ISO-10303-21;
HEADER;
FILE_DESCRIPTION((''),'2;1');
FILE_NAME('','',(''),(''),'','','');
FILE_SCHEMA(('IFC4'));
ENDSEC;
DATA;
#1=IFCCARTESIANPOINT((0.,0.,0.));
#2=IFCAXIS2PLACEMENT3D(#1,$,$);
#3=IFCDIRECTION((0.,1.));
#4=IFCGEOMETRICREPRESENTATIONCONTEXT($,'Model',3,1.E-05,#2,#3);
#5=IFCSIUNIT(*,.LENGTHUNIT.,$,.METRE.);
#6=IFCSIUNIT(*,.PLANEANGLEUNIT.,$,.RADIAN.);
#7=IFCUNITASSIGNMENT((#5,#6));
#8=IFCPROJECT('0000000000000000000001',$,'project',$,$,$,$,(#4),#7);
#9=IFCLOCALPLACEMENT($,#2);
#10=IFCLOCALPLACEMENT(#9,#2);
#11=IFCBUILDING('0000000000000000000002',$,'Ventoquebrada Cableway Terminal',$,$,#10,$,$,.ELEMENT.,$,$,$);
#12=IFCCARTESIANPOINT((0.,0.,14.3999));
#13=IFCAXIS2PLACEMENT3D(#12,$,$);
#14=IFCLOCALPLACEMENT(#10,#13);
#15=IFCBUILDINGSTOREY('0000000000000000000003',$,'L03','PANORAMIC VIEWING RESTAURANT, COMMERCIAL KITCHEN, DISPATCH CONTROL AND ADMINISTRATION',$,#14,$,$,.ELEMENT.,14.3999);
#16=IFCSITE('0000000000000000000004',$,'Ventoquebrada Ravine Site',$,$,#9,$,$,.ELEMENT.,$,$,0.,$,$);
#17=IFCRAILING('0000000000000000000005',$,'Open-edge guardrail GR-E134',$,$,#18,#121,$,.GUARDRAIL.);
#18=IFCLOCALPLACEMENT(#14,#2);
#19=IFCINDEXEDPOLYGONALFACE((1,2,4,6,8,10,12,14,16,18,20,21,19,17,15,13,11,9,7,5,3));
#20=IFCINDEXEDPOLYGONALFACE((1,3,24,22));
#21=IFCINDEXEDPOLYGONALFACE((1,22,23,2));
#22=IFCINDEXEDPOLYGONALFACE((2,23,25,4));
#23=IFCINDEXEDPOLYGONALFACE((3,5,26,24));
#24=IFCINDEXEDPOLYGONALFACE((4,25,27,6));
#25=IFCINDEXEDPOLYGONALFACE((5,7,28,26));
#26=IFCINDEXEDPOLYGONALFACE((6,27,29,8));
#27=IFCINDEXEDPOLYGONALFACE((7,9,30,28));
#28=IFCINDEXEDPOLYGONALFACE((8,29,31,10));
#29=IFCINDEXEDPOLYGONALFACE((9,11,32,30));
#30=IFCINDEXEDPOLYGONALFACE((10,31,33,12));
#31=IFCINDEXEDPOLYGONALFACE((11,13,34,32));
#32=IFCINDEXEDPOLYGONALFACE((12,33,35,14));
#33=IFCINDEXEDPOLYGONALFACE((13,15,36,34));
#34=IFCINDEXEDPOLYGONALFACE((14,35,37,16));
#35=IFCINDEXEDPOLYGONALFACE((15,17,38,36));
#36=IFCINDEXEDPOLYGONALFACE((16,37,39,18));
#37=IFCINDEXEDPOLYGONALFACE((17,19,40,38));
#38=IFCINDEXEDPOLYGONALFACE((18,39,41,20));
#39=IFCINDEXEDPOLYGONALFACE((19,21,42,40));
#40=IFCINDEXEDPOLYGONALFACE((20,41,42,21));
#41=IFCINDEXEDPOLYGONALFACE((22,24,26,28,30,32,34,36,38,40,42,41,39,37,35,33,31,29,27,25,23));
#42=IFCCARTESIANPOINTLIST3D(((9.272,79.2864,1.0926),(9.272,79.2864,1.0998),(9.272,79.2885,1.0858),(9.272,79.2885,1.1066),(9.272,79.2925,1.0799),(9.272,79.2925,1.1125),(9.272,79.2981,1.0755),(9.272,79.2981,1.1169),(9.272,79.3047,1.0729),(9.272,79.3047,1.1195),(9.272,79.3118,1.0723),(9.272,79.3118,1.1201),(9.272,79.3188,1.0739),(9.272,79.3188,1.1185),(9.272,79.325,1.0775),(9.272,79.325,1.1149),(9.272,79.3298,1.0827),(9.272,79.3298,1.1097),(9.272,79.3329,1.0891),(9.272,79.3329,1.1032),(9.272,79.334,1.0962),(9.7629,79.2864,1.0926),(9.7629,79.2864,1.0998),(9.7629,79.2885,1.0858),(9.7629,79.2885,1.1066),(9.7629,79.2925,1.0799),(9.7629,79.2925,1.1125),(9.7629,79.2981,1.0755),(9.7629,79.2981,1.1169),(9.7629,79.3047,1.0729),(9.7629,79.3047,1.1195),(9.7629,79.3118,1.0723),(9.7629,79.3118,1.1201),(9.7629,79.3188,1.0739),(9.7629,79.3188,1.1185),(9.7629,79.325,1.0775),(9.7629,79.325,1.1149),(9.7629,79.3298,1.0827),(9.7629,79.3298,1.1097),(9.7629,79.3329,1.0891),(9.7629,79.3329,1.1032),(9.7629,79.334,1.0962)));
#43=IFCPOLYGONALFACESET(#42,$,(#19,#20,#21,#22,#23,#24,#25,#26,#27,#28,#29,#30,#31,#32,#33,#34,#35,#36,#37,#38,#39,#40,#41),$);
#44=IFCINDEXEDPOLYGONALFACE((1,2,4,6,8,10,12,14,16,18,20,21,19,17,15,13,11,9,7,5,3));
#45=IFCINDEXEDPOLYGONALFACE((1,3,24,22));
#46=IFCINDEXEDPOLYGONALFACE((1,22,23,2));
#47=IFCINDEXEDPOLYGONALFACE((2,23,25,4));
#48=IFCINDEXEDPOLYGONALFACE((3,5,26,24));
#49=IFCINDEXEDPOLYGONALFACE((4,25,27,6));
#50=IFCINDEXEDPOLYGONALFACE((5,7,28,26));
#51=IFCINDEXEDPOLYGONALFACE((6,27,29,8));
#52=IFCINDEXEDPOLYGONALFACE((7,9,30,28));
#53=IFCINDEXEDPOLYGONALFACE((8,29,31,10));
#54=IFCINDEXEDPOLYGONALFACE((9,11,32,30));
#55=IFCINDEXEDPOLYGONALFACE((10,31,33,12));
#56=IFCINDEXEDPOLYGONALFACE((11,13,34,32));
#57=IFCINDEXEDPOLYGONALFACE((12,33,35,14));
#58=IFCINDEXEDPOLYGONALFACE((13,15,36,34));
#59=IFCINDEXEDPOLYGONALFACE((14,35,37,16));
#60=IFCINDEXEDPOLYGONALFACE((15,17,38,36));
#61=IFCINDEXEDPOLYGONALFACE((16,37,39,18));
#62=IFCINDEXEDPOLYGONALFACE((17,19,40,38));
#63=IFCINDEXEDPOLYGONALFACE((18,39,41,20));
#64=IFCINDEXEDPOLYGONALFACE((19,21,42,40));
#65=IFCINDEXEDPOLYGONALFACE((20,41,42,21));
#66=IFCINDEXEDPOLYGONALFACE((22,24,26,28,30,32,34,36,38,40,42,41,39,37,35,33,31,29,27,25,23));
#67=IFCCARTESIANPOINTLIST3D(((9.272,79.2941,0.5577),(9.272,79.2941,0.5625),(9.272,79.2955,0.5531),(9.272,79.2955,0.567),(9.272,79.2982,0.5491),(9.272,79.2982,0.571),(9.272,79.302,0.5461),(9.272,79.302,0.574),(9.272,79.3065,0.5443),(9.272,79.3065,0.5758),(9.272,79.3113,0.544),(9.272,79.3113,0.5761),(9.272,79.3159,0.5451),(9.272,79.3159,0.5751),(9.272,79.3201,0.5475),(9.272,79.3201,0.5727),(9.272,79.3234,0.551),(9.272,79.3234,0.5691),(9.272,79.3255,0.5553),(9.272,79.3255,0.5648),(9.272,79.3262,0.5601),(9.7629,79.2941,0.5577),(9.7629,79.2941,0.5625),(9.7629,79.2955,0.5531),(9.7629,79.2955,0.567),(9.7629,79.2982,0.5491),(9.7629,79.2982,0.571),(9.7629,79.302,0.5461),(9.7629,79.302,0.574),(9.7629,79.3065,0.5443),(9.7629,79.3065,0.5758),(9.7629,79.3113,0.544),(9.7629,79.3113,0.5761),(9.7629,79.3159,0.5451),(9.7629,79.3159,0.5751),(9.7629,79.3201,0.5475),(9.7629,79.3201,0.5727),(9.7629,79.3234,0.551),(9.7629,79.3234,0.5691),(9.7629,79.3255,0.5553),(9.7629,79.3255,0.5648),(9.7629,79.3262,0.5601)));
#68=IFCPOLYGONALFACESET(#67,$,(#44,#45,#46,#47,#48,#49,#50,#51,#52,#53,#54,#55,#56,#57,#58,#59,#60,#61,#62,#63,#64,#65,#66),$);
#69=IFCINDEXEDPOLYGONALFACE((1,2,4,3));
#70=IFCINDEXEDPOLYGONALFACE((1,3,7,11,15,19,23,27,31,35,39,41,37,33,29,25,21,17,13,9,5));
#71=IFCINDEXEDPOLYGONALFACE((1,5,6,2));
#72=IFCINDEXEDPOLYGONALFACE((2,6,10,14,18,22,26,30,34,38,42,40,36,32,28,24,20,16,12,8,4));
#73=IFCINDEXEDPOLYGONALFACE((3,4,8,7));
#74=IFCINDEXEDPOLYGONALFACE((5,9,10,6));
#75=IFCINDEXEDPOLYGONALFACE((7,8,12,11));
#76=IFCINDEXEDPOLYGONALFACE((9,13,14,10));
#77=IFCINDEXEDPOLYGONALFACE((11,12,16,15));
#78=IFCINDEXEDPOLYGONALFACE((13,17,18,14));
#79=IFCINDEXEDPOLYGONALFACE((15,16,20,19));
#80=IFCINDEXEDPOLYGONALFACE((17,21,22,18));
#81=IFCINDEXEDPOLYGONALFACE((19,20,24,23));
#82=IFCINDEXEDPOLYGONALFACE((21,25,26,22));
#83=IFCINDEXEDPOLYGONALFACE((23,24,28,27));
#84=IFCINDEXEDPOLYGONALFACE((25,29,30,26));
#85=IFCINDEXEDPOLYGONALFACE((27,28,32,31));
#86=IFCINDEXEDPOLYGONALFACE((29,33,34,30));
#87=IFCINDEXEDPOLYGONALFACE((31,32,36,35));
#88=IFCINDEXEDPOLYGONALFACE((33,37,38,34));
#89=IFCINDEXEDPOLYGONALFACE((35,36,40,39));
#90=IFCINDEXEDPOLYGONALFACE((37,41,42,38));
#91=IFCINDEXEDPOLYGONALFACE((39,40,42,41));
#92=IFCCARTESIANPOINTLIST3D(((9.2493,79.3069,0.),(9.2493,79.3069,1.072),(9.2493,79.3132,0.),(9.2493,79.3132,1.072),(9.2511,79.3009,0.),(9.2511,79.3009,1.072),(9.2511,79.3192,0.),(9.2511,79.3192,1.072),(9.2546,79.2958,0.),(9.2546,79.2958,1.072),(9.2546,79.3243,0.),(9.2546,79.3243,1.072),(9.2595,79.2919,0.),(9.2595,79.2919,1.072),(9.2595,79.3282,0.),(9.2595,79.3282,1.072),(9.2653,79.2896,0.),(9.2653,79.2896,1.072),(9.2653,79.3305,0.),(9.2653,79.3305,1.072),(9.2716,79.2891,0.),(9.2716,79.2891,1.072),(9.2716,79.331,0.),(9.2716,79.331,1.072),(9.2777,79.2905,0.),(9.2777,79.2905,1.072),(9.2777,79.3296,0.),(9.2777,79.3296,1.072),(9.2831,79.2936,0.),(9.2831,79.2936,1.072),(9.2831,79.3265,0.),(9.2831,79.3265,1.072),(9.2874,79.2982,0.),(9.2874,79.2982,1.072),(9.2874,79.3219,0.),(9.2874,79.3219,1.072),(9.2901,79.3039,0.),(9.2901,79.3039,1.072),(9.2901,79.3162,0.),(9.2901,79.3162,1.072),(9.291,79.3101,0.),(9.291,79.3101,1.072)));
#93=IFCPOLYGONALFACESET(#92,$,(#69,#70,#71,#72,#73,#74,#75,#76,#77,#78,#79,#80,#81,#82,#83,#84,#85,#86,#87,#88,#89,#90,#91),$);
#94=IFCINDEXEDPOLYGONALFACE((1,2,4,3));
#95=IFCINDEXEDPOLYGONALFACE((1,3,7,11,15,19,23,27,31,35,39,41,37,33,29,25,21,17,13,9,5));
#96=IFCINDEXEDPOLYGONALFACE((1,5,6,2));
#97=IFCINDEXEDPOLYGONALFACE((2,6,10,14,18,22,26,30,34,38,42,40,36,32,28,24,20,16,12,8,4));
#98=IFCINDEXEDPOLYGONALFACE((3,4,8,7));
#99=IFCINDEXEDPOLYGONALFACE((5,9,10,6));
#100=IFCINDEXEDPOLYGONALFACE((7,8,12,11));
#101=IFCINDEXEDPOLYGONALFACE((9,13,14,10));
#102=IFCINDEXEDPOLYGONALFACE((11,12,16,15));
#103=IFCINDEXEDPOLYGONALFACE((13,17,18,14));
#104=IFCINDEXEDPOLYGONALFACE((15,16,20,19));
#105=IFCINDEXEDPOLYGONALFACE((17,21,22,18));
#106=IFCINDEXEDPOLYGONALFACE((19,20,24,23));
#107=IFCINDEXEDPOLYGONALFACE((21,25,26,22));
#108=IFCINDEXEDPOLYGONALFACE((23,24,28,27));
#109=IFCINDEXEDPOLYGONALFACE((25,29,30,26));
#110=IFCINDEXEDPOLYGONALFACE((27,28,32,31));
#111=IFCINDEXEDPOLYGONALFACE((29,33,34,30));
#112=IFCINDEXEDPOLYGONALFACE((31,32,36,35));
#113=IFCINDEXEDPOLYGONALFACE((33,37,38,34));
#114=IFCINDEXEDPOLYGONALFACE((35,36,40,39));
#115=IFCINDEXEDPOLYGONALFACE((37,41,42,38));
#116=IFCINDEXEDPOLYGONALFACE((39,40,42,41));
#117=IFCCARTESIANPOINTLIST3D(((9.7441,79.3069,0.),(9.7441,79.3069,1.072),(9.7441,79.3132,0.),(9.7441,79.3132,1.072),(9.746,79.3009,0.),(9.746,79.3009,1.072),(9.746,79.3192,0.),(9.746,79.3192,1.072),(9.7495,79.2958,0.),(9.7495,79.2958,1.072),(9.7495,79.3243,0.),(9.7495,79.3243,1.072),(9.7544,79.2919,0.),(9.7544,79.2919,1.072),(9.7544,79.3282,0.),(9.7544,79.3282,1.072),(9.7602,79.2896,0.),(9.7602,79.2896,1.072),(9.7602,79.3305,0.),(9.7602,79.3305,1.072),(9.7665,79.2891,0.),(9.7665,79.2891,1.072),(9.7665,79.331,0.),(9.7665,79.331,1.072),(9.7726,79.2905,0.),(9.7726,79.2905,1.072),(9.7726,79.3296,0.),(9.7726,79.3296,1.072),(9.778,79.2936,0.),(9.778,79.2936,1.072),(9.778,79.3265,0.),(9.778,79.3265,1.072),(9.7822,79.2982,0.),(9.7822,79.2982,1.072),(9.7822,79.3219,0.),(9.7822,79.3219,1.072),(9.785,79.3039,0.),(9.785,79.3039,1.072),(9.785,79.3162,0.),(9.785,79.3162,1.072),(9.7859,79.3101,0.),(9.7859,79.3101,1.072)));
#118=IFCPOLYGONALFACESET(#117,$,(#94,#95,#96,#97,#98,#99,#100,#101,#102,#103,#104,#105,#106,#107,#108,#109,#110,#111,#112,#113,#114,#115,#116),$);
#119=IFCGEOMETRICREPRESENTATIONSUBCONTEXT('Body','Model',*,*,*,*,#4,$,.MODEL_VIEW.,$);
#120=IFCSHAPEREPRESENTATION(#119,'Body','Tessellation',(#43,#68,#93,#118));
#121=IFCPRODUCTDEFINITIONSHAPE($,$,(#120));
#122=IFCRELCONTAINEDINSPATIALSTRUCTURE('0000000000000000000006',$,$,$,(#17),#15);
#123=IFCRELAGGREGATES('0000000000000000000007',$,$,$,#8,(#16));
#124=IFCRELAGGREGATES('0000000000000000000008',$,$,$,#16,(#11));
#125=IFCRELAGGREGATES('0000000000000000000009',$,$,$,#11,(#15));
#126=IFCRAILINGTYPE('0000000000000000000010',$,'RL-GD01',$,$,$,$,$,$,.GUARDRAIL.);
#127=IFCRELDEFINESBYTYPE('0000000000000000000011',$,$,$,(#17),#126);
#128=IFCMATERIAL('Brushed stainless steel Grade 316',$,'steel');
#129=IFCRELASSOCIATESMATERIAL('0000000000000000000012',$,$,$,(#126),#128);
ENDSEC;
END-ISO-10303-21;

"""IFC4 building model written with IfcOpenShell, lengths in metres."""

from ifc_helpers import new_model, si_unit, direction, frame, origin, origin_2d, place, context, subcontext, project, spatial, circle, extrude, material, type_object, element, save


model = new_model("IFC4")

# Units and contexts
model_context = context("Model", 3, precision=1e-05, world=origin(), true_north=direction((0.0, 1.0)))
body_context = subcontext(model_context, "Body", "Model", "MODEL_VIEW")
ifc_project = project(units=[si_unit("LENGTHUNIT", "METRE"), si_unit("PLANEANGLEUNIT", "RADIAN")], contexts=[model_context])

# Site, building, storey
site_placement = place(None, origin())
site = spatial("IfcSite", under=ifc_project, at=site_placement, Name="Ventoquebrada Ravine Site", CompositionType="ELEMENT", RefElevation=0.0)
building_placement = place(site_placement, origin())
building = spatial("IfcBuilding", under=site, at=building_placement, Name="Ventoquebrada Cableway Terminal", CompositionType="ELEMENT")
storey_placement = place(building_placement, frame((0.0, 0.0, 14.3999)))
storey = spatial("IfcBuildingStorey", under=building, at=storey_placement, Name="L03", Description="PANORAMIC VIEWING RESTAURANT, COMMERCIAL KITCHEN, DISPATCH CONTROL AND ADMINISTRATION", CompositionType="ELEMENT", Elevation=14.3999)

# Shared definitions
ifc_material_1 = material(Name="Brushed stainless steel Grade 316", Category="steel")

# Railing
railing_type_1 = type_object("IfcRailingType", Name="RL-GD01", PredefinedType="GUARDRAIL", material=ifc_material_1)
railing_1_placement = place(storey_placement, frame((9.27, 79.3101, 0.0)))
element("IfcRailing", 1, at=railing_1_placement, inside=storey, type_object=railing_type_1, Name="Open-edge guardrail GR-E134", PredefinedType="GUARDRAIL", context=body_context, shape_type="SweptSolid", body=[
    extrude(circle(Radius=0.0239, at=origin_2d()), frame((0.002, 0.0, 1.0962), z_axis=(1.0, 0.0, 0.0), x_axis=(0.0, 1.0, 0.0)), (0.0, 0.0, 1.0), 0.491),
    extrude(circle(Radius=0.0161, at=origin_2d()), frame((0.002, 0.0, 0.5601), z_axis=(1.0, 0.0, 0.0), x_axis=(0.0, 1.0, 0.0)), (0.0, 0.0, 1.0), 0.491),
    extrude(circle(Radius=0.021, at=origin_2d()), origin(), (0.0, 0.0, 1.0), 1.072),
    extrude(circle(Radius=0.021, at=origin_2d()), frame((0.4949, 0.0, 0.0)), (0.0, 0.0, 1.0), 1.072),
])

save(model, "model.ifc")
